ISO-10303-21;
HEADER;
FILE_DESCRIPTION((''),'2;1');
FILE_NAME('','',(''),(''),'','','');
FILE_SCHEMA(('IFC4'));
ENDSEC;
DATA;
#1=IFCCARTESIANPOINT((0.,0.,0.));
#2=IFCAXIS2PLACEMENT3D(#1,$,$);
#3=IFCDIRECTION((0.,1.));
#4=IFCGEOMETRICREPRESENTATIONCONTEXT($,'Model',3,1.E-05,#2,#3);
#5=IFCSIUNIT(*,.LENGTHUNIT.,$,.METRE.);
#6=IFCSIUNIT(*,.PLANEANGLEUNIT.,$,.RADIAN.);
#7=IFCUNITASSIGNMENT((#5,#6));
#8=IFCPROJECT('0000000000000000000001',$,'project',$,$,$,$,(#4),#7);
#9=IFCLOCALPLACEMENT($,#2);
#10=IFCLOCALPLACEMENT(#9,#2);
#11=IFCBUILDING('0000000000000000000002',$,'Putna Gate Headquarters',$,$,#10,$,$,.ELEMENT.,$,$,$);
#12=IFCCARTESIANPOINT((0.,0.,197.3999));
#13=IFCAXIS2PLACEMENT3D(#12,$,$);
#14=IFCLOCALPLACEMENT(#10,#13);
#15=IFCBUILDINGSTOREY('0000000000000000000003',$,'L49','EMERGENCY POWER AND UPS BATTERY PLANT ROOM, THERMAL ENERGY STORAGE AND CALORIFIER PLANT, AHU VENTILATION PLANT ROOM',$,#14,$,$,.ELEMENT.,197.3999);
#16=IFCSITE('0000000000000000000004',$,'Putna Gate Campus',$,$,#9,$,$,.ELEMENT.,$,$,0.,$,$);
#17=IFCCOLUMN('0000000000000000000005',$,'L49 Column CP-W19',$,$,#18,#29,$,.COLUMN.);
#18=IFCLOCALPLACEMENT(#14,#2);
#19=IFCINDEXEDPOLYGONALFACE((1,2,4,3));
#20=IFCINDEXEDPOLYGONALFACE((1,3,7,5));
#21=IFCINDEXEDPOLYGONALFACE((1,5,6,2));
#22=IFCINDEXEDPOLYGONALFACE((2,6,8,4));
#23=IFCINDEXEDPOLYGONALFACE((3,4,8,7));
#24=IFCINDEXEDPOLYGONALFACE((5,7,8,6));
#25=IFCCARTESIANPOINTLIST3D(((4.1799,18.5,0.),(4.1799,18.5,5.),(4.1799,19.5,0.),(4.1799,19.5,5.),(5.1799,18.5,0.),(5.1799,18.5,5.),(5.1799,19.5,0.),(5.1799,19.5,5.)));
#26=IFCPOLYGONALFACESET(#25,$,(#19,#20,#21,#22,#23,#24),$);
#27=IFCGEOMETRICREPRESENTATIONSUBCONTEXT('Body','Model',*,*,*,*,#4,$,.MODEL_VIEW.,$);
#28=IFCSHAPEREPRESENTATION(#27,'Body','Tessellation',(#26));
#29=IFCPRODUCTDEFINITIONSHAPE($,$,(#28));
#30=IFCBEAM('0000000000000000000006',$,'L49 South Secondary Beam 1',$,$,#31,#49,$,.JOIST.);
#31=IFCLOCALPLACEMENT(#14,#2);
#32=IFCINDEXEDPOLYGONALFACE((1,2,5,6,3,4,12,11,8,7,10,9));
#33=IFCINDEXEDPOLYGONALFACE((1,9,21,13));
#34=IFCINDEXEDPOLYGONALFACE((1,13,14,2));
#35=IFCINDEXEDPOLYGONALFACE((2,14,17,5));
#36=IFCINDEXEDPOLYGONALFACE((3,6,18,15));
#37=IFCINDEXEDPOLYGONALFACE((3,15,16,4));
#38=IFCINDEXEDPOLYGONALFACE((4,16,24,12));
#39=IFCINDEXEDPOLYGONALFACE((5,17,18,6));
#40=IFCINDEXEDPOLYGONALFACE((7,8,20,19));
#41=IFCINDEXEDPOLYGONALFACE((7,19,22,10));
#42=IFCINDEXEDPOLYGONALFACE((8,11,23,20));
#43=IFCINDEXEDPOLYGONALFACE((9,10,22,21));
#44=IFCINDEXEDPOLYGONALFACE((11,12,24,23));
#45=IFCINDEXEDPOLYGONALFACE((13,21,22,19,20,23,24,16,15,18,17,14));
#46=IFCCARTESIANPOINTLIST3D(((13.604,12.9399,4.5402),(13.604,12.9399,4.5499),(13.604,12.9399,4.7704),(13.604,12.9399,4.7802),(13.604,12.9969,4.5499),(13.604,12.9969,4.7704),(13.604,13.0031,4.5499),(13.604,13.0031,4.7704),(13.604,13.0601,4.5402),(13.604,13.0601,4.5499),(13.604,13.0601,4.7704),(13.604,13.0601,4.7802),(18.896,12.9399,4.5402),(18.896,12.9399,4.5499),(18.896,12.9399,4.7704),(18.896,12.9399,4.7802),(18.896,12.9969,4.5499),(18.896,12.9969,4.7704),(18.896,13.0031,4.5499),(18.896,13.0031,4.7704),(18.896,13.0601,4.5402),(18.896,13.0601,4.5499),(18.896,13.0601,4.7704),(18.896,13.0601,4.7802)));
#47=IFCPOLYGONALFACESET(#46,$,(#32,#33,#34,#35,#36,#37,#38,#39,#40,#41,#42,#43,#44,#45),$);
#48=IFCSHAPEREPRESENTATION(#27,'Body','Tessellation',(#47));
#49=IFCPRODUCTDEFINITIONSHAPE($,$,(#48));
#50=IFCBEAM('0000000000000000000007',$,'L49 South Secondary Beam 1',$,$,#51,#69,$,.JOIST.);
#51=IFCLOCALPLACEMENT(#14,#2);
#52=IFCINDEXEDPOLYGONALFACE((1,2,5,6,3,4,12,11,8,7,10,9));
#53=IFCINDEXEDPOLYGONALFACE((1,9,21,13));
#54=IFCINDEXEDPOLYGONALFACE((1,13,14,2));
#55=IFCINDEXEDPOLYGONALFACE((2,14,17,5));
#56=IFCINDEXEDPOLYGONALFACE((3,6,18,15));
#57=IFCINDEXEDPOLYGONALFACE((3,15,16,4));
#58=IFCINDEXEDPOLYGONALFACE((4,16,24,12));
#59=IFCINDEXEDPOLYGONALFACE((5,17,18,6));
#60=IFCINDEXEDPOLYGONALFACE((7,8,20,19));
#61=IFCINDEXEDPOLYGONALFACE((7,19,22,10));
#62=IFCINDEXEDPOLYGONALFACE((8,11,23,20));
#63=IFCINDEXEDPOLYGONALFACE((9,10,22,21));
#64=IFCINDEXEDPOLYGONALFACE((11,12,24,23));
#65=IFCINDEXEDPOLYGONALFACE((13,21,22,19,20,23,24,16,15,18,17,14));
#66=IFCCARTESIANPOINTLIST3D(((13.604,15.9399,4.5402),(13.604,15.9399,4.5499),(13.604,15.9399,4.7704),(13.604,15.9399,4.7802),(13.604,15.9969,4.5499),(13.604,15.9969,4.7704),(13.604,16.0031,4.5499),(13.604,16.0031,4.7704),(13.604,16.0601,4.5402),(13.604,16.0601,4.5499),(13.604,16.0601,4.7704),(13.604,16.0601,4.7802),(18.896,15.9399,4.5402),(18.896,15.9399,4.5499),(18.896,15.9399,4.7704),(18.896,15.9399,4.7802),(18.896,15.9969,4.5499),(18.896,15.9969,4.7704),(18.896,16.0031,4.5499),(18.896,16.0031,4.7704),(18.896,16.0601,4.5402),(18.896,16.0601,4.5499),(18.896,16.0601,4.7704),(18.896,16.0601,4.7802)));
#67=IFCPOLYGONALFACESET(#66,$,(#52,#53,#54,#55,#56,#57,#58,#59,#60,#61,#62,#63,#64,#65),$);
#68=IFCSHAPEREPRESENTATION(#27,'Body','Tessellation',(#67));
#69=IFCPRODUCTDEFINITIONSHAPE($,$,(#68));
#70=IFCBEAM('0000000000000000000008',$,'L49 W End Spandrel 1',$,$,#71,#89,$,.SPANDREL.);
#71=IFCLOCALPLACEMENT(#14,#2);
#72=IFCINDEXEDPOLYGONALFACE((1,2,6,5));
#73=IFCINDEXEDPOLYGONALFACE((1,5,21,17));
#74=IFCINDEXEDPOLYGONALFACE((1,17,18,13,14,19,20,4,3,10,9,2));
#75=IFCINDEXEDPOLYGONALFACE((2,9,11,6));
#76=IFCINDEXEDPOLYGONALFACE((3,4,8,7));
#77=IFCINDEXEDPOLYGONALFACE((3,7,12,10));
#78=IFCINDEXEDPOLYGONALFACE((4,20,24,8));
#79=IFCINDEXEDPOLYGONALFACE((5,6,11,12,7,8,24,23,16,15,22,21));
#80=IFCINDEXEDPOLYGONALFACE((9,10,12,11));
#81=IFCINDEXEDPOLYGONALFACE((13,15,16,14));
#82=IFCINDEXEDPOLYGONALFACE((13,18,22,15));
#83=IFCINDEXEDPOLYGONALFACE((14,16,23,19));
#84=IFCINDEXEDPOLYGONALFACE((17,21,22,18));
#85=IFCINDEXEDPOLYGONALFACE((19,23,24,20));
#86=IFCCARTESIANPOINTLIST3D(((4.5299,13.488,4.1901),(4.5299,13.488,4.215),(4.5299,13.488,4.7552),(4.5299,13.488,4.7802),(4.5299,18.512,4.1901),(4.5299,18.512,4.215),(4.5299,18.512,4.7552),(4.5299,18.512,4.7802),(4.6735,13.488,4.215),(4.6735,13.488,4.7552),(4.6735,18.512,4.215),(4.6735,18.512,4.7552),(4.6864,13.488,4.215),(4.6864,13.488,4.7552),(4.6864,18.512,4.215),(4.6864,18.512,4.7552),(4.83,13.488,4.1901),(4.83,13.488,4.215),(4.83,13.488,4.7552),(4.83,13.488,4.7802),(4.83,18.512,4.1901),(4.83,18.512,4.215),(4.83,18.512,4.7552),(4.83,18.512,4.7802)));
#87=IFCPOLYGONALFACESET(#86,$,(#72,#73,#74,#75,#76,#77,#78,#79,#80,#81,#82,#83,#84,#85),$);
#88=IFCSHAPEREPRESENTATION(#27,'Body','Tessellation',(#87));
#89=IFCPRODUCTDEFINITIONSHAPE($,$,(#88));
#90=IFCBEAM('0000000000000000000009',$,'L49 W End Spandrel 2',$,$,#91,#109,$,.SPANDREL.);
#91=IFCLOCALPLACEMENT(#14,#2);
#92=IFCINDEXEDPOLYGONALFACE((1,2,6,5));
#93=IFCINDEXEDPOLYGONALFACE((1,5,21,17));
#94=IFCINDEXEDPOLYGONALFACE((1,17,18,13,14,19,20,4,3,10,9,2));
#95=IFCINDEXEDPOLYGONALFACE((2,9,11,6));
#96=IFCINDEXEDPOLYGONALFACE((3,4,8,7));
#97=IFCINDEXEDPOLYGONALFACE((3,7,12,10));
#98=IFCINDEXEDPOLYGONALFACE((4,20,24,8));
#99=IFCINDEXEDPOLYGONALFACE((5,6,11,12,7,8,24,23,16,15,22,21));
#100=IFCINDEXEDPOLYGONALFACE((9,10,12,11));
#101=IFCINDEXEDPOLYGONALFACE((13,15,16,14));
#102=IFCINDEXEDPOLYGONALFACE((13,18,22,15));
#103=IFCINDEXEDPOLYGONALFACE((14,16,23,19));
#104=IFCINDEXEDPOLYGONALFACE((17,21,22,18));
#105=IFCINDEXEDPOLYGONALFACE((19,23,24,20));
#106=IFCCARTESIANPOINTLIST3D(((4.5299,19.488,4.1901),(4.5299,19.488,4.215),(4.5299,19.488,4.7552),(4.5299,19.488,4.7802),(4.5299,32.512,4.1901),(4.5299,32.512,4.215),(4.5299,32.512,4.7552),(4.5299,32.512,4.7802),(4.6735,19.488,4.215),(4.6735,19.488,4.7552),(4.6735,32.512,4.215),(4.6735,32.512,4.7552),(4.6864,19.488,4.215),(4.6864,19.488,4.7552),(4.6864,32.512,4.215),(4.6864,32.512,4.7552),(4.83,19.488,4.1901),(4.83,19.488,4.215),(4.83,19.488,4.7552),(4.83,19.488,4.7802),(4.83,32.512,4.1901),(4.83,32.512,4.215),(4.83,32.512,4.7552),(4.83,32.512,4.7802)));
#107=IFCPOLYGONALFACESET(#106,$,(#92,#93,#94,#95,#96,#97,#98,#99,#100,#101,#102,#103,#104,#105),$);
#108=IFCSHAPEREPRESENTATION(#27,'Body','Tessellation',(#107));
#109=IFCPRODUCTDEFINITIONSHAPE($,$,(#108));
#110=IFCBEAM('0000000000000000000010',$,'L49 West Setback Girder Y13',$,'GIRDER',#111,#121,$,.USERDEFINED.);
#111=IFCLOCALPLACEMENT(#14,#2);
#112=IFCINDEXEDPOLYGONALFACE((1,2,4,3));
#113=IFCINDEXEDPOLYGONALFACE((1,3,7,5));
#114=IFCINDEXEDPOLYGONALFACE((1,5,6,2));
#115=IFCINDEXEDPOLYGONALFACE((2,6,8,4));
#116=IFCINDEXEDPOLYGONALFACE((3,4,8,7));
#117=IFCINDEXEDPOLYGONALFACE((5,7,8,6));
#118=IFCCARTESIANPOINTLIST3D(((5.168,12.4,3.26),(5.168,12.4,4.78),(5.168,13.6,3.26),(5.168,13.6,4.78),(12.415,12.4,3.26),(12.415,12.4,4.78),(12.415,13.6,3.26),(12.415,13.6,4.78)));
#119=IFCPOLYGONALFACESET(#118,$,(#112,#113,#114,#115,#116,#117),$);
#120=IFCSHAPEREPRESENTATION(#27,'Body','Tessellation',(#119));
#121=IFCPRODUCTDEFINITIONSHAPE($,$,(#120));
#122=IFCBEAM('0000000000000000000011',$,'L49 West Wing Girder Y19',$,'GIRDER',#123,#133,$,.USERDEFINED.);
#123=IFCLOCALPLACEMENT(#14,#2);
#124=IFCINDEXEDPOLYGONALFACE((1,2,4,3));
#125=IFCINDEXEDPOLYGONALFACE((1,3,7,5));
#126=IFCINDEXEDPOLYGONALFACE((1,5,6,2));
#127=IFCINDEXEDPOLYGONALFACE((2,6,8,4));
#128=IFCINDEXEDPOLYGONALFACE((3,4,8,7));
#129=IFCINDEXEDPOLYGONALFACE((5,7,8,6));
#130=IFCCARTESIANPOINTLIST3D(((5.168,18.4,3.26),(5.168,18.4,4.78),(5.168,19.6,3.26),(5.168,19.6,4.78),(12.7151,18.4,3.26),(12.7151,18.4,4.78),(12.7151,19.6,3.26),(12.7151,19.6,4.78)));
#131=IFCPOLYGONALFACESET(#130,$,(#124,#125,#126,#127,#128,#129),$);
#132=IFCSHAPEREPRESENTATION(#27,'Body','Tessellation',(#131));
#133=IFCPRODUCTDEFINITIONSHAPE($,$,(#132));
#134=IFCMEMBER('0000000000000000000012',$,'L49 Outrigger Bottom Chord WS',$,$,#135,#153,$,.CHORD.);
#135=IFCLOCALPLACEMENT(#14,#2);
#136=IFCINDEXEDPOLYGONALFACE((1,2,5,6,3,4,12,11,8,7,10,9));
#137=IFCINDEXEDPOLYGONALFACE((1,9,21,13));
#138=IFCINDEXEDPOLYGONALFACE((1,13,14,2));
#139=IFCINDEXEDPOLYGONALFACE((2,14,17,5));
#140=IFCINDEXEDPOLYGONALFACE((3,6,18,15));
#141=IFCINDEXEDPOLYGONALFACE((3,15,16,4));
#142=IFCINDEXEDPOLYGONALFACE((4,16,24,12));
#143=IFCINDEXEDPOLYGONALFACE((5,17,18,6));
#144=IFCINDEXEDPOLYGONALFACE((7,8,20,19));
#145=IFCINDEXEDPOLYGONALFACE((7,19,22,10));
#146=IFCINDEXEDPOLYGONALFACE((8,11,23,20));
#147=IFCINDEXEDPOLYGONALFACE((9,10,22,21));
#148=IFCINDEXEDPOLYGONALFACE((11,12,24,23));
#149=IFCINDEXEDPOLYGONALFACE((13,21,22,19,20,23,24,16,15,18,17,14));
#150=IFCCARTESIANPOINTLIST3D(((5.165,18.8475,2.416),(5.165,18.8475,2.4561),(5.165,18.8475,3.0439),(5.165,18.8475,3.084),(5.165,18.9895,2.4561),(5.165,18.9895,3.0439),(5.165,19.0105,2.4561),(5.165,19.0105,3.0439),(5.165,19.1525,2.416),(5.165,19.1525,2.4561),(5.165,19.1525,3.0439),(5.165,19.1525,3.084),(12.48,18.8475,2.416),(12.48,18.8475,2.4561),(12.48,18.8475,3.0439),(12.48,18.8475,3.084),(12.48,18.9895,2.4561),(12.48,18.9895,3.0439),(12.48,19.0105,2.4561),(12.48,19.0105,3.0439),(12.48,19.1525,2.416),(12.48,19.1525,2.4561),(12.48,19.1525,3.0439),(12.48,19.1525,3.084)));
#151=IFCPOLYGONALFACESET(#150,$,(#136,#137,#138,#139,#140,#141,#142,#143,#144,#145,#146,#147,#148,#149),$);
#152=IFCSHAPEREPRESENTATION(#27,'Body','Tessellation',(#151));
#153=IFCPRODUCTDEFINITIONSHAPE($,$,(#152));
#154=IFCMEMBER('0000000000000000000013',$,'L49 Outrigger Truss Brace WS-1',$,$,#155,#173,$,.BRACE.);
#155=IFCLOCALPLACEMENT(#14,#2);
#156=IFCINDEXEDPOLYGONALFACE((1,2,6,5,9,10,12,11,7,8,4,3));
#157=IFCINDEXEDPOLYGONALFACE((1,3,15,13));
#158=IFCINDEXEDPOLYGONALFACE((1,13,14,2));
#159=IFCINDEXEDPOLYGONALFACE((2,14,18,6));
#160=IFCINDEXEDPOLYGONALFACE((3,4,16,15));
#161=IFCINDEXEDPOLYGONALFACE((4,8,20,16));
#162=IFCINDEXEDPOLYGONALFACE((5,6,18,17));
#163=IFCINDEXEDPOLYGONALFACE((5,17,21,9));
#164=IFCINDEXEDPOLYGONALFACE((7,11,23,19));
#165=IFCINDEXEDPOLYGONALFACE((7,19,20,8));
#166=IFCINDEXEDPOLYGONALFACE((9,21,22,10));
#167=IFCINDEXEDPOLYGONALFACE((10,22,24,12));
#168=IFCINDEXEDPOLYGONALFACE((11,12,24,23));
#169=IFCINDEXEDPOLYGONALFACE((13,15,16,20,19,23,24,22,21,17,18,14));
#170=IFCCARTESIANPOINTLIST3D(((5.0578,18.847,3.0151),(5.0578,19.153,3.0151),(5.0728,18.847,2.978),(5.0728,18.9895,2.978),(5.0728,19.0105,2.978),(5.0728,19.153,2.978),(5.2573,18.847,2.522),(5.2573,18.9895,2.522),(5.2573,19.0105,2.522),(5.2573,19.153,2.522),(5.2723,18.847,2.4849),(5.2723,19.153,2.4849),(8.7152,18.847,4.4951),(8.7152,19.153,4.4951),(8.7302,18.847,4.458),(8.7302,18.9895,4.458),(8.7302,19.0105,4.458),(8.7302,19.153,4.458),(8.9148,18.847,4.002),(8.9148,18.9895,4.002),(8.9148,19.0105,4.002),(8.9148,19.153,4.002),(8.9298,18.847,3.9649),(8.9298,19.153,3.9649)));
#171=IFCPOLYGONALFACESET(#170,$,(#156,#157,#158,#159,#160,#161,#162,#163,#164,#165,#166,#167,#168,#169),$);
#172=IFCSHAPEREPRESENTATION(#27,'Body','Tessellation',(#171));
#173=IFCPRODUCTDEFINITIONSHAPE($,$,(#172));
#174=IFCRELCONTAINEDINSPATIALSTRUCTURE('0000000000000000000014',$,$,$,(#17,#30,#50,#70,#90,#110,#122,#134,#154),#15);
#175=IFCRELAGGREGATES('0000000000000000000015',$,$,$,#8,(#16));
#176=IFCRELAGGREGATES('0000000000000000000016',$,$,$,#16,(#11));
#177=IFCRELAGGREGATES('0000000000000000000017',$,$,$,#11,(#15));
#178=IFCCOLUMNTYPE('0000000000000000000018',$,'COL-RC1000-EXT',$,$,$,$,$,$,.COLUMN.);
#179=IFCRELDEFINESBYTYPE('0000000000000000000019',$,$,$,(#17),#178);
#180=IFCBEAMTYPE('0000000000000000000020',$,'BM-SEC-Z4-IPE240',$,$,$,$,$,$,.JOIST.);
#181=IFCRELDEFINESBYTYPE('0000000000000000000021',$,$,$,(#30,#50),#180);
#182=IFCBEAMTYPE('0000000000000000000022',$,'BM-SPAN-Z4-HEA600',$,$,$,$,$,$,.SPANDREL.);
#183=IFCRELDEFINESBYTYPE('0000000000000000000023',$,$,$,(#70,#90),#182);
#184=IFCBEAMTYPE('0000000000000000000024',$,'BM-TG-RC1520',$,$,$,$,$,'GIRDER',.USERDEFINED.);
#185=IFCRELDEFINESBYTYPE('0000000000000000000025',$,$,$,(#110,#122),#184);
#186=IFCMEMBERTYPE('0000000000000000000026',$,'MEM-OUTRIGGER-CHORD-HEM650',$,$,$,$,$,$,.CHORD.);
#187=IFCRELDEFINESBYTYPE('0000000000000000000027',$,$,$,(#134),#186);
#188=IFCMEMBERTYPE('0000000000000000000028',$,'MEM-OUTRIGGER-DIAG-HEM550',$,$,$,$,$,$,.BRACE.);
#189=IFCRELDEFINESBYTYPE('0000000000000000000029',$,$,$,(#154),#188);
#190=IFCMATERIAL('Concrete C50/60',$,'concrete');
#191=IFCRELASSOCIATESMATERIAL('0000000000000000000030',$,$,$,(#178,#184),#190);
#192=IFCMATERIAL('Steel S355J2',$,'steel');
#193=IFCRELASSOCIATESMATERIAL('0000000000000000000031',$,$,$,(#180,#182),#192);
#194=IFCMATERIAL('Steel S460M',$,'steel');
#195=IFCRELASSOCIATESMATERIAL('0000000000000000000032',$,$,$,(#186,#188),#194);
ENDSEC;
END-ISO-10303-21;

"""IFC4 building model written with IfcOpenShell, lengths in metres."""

from ifc_helpers import new_model, si_unit, direction, frame, origin, origin_2d, place, context, subcontext, project, spatial, rectangle, i_section, extrude, material, material_profile, profile_set, type_object, element, save


model = new_model("IFC4")

# Units and contexts
model_context = context("Model", 3, precision=1e-05, world=origin(), true_north=direction((0.0, 1.0)))
body_context = subcontext(model_context, "Body", "Model", "MODEL_VIEW")
ifc_project = project(units=[si_unit("LENGTHUNIT", "METRE"), si_unit("PLANEANGLEUNIT", "RADIAN")], contexts=[model_context])

# Site, building, storey
site_placement = place(None, origin())
site = spatial("IfcSite", under=ifc_project, at=site_placement, Name="Putna Gate Campus", CompositionType="ELEMENT", RefElevation=0.0)
building_placement = place(site_placement, origin())
building = spatial("IfcBuilding", under=site, at=building_placement, Name="Putna Gate Headquarters", CompositionType="ELEMENT")
storey_placement = place(building_placement, frame((0.0, 0.0, 197.3999)))
storey = spatial("IfcBuildingStorey", under=building, at=storey_placement, Name="L49", Description="EMERGENCY POWER AND UPS BATTERY PLANT ROOM, THERMAL ENERGY STORAGE AND CALORIFIER PLANT, AHU VENTILATION PLANT ROOM", CompositionType="ELEMENT", Elevation=197.3999)

# Column
ifc_material_1 = material(Name="Concrete C50/60", Category="concrete")
ifc_material_profile_1 = material_profile(ifc_material_1, rectangle(XDim=1.0, YDim=1.0, at=origin_2d()), Name="Concrete C50/60")
ifc_profile_set_1 = profile_set([ifc_material_profile_1], Name="Concrete C50/60")
column_type = type_object("IfcColumnType", Name="COL-RC1000-EXT", PredefinedType="COLUMN", material=ifc_profile_set_1)
column_placement = place(storey_placement, frame((4.6799, 19.0, 0.0), z_axis=(0.0, 0.0, 1.0), x_axis=(1.0, 0.0, 0.0)))
element("IfcColumn", 1, at=column_placement, inside=storey, type_object=column_type, Name="L49 Column CP-W19", PredefinedType="COLUMN", context=body_context, shape_type="SweptSolid", body=[
    extrude(rectangle(XDim=1.0, YDim=1.0, at=origin_2d()), origin(), (0.0, 0.0, 1.0), 5.0),
])

# Beams
ifc_material_2 = material(Name="Steel S355J2", Category="steel")
ifc_material_profile_2 = material_profile(ifc_material_2, i_section(OverallWidth=0.1201, OverallDepth=0.24, WebThickness=0.0061, FlangeThickness=0.0098, at=origin_2d()), Name="Steel S355J2")
ifc_profile_set_2 = profile_set([ifc_material_profile_2], Name="Steel S355J2")
beam_type_1 = type_object("IfcBeamType", Name="BM-SEC-Z4-IPE240", PredefinedType="JOIST", material=ifc_profile_set_2)
for number, where, z_axis, x_axis, name in (
    (2, (13.604, 13.0, 4.6602), (1.0, 0.0, 0.0), (0.0, 1.0, 0.0), "L49 South Secondary Beam 1"),
    (3, (13.604, 16.0, 4.6602), (1.0, 0.0, 0.0), (0.0, 1.0, 0.0), "L49 South Secondary Beam 1"),
):
    element("IfcBeam", number, at=place(storey_placement, frame(where, z_axis=z_axis, x_axis=x_axis)), inside=storey, type_object=beam_type_1, Name=name, PredefinedType="JOIST", context=body_context, shape_type="SweptSolid", body=[
        extrude(i_section(OverallWidth=0.1201, OverallDepth=0.24, WebThickness=0.0061, FlangeThickness=0.0098, at=origin_2d()), origin(), (0.0, 0.0, 1.0), 5.292),
    ])
ifc_material_profile_3 = material_profile(ifc_material_2, i_section(OverallWidth=0.3, OverallDepth=0.5901, WebThickness=0.0129, FlangeThickness=0.0249, at=origin_2d()), Name="Steel S355J2")
ifc_profile_set_3 = profile_set([ifc_material_profile_3], Name="Steel S355J2")
beam_type_2 = type_object("IfcBeamType", Name="BM-SPAN-Z4-HEA600", PredefinedType="SPANDREL", material=ifc_profile_set_3)
beam_1_placement = place(storey_placement, frame((4.6799, 13.488, 4.4851), z_axis=(0.0, 1.0, 0.0), x_axis=(-1.0, 0.0, 0.0)))
element("IfcBeam", 4, at=beam_1_placement, inside=storey, type_object=beam_type_2, Name="L49 W End Spandrel 1", PredefinedType="SPANDREL", context=body_context, shape_type="SweptSolid", body=[
    extrude(i_section(OverallWidth=0.3, OverallDepth=0.5901, WebThickness=0.0129, FlangeThickness=0.0249, at=origin_2d()), origin(), (0.0, 0.0, 1.0), 5.0239),
])
beam_2_placement = place(storey_placement, frame((4.6799, 19.488, 4.4851), z_axis=(0.0, 1.0, 0.0), x_axis=(-1.0, 0.0, 0.0)))
element("IfcBeam", 5, at=beam_2_placement, inside=storey, type_object=beam_type_2, Name="L49 W End Spandrel 2", PredefinedType="SPANDREL", context=body_context, shape_type="SweptSolid", body=[
    extrude(i_section(OverallWidth=0.3, OverallDepth=0.5901, WebThickness=0.0129, FlangeThickness=0.0249, at=origin_2d()), origin(), (0.0, 0.0, 1.0), 13.0239),
])
ifc_material_profile_4 = material_profile(ifc_material_1, rectangle(XDim=1.2, YDim=1.52, at=origin_2d()), Name="Concrete C50/60")
ifc_profile_set_4 = profile_set([ifc_material_profile_4], Name="Concrete C50/60")
beam_type_3 = type_object("IfcBeamType", Name="BM-TG-RC1520", ElementType="GIRDER", PredefinedType="USERDEFINED", material=ifc_profile_set_4)
beam_3_placement = place(storey_placement, frame((5.168, 13.0, 4.02), z_axis=(1.0, 0.0, 0.0), x_axis=(0.0, 1.0, 0.0)))
element("IfcBeam", 6, at=beam_3_placement, inside=storey, type_object=beam_type_3, Name="L49 West Setback Girder Y13", ObjectType="GIRDER", PredefinedType="USERDEFINED", context=body_context, shape_type="SweptSolid", body=[
    extrude(rectangle(XDim=1.2, YDim=1.52, at=origin_2d()), origin(), (0.0, 0.0, 1.0), 7.2471),
])
beam_4_placement = place(storey_placement, frame((5.168, 19.0, 4.02), z_axis=(1.0, 0.0, 0.0), x_axis=(0.0, 1.0, 0.0)))
element("IfcBeam", 7, at=beam_4_placement, inside=storey, type_object=beam_type_3, Name="L49 West Wing Girder Y19", ObjectType="GIRDER", PredefinedType="USERDEFINED", context=body_context, shape_type="SweptSolid", body=[
    extrude(rectangle(XDim=1.2, YDim=1.52, at=origin_2d()), origin(), (0.0, 0.0, 1.0), 7.5471),
])

# Members
ifc_material_3 = material(Name="Steel S460M", Category="steel")
ifc_material_profile_5 = material_profile(ifc_material_3, i_section(OverallWidth=0.3049, OverallDepth=0.668, WebThickness=0.021, FlangeThickness=0.04, at=origin_2d()), Name="Steel S460M")
ifc_profile_set_5 = profile_set([ifc_material_profile_5], Name="Steel S460M")
member_type_1 = type_object("IfcMemberType", Name="MEM-OUTRIGGER-CHORD-HEM650", PredefinedType="CHORD", material=ifc_profile_set_5)
member_1_placement = place(storey_placement, frame((5.165, 19.0, 2.75), z_axis=(1.0, 0.0, 0.0), x_axis=(0.0, 1.0, 0.0)))
element("IfcMember", 8, at=member_1_placement, inside=storey, type_object=member_type_1, Name="L49 Outrigger Bottom Chord WS", PredefinedType="CHORD", context=body_context, shape_type="SweptSolid", body=[
    extrude(i_section(OverallWidth=0.3049, OverallDepth=0.668, WebThickness=0.021, FlangeThickness=0.04, at=origin_2d()), origin(), (0.0, 0.0, 1.0), 7.3149),
])
ifc_material_profile_6 = material_profile(ifc_material_3, i_section(OverallWidth=0.3059, OverallDepth=0.572, WebThickness=0.021, FlangeThickness=0.04, at=origin_2d()), Name="Steel S460M")
ifc_profile_set_6 = profile_set([ifc_material_profile_6], Name="Steel S460M")
member_type_2 = type_object("IfcMemberType", Name="MEM-OUTRIGGER-DIAG-HEM550", PredefinedType="BRACE", material=ifc_profile_set_6)
for number, where, z_axis, x_axis, name in (
    (9, (5.165, 19.0, 2.75), (0.926984, 0.0, 0.3751), (0.0, 1.0, 0.0), "L49 Outrigger Truss Brace WS-1"),
):
    element("IfcMember", number, at=place(storey_placement, frame(where, z_axis=z_axis, x_axis=x_axis)), inside=storey, type_object=member_type_2, Name=name, PredefinedType="BRACE", context=body_context, shape_type="SweptSolid", body=[
        extrude(i_section(OverallWidth=0.3059, OverallDepth=0.572, WebThickness=0.021, FlangeThickness=0.04, at=origin_2d()), origin(), (0.0, 0.0, 1.0), 3.9456),
    ])

save(model, "model.ifc")
